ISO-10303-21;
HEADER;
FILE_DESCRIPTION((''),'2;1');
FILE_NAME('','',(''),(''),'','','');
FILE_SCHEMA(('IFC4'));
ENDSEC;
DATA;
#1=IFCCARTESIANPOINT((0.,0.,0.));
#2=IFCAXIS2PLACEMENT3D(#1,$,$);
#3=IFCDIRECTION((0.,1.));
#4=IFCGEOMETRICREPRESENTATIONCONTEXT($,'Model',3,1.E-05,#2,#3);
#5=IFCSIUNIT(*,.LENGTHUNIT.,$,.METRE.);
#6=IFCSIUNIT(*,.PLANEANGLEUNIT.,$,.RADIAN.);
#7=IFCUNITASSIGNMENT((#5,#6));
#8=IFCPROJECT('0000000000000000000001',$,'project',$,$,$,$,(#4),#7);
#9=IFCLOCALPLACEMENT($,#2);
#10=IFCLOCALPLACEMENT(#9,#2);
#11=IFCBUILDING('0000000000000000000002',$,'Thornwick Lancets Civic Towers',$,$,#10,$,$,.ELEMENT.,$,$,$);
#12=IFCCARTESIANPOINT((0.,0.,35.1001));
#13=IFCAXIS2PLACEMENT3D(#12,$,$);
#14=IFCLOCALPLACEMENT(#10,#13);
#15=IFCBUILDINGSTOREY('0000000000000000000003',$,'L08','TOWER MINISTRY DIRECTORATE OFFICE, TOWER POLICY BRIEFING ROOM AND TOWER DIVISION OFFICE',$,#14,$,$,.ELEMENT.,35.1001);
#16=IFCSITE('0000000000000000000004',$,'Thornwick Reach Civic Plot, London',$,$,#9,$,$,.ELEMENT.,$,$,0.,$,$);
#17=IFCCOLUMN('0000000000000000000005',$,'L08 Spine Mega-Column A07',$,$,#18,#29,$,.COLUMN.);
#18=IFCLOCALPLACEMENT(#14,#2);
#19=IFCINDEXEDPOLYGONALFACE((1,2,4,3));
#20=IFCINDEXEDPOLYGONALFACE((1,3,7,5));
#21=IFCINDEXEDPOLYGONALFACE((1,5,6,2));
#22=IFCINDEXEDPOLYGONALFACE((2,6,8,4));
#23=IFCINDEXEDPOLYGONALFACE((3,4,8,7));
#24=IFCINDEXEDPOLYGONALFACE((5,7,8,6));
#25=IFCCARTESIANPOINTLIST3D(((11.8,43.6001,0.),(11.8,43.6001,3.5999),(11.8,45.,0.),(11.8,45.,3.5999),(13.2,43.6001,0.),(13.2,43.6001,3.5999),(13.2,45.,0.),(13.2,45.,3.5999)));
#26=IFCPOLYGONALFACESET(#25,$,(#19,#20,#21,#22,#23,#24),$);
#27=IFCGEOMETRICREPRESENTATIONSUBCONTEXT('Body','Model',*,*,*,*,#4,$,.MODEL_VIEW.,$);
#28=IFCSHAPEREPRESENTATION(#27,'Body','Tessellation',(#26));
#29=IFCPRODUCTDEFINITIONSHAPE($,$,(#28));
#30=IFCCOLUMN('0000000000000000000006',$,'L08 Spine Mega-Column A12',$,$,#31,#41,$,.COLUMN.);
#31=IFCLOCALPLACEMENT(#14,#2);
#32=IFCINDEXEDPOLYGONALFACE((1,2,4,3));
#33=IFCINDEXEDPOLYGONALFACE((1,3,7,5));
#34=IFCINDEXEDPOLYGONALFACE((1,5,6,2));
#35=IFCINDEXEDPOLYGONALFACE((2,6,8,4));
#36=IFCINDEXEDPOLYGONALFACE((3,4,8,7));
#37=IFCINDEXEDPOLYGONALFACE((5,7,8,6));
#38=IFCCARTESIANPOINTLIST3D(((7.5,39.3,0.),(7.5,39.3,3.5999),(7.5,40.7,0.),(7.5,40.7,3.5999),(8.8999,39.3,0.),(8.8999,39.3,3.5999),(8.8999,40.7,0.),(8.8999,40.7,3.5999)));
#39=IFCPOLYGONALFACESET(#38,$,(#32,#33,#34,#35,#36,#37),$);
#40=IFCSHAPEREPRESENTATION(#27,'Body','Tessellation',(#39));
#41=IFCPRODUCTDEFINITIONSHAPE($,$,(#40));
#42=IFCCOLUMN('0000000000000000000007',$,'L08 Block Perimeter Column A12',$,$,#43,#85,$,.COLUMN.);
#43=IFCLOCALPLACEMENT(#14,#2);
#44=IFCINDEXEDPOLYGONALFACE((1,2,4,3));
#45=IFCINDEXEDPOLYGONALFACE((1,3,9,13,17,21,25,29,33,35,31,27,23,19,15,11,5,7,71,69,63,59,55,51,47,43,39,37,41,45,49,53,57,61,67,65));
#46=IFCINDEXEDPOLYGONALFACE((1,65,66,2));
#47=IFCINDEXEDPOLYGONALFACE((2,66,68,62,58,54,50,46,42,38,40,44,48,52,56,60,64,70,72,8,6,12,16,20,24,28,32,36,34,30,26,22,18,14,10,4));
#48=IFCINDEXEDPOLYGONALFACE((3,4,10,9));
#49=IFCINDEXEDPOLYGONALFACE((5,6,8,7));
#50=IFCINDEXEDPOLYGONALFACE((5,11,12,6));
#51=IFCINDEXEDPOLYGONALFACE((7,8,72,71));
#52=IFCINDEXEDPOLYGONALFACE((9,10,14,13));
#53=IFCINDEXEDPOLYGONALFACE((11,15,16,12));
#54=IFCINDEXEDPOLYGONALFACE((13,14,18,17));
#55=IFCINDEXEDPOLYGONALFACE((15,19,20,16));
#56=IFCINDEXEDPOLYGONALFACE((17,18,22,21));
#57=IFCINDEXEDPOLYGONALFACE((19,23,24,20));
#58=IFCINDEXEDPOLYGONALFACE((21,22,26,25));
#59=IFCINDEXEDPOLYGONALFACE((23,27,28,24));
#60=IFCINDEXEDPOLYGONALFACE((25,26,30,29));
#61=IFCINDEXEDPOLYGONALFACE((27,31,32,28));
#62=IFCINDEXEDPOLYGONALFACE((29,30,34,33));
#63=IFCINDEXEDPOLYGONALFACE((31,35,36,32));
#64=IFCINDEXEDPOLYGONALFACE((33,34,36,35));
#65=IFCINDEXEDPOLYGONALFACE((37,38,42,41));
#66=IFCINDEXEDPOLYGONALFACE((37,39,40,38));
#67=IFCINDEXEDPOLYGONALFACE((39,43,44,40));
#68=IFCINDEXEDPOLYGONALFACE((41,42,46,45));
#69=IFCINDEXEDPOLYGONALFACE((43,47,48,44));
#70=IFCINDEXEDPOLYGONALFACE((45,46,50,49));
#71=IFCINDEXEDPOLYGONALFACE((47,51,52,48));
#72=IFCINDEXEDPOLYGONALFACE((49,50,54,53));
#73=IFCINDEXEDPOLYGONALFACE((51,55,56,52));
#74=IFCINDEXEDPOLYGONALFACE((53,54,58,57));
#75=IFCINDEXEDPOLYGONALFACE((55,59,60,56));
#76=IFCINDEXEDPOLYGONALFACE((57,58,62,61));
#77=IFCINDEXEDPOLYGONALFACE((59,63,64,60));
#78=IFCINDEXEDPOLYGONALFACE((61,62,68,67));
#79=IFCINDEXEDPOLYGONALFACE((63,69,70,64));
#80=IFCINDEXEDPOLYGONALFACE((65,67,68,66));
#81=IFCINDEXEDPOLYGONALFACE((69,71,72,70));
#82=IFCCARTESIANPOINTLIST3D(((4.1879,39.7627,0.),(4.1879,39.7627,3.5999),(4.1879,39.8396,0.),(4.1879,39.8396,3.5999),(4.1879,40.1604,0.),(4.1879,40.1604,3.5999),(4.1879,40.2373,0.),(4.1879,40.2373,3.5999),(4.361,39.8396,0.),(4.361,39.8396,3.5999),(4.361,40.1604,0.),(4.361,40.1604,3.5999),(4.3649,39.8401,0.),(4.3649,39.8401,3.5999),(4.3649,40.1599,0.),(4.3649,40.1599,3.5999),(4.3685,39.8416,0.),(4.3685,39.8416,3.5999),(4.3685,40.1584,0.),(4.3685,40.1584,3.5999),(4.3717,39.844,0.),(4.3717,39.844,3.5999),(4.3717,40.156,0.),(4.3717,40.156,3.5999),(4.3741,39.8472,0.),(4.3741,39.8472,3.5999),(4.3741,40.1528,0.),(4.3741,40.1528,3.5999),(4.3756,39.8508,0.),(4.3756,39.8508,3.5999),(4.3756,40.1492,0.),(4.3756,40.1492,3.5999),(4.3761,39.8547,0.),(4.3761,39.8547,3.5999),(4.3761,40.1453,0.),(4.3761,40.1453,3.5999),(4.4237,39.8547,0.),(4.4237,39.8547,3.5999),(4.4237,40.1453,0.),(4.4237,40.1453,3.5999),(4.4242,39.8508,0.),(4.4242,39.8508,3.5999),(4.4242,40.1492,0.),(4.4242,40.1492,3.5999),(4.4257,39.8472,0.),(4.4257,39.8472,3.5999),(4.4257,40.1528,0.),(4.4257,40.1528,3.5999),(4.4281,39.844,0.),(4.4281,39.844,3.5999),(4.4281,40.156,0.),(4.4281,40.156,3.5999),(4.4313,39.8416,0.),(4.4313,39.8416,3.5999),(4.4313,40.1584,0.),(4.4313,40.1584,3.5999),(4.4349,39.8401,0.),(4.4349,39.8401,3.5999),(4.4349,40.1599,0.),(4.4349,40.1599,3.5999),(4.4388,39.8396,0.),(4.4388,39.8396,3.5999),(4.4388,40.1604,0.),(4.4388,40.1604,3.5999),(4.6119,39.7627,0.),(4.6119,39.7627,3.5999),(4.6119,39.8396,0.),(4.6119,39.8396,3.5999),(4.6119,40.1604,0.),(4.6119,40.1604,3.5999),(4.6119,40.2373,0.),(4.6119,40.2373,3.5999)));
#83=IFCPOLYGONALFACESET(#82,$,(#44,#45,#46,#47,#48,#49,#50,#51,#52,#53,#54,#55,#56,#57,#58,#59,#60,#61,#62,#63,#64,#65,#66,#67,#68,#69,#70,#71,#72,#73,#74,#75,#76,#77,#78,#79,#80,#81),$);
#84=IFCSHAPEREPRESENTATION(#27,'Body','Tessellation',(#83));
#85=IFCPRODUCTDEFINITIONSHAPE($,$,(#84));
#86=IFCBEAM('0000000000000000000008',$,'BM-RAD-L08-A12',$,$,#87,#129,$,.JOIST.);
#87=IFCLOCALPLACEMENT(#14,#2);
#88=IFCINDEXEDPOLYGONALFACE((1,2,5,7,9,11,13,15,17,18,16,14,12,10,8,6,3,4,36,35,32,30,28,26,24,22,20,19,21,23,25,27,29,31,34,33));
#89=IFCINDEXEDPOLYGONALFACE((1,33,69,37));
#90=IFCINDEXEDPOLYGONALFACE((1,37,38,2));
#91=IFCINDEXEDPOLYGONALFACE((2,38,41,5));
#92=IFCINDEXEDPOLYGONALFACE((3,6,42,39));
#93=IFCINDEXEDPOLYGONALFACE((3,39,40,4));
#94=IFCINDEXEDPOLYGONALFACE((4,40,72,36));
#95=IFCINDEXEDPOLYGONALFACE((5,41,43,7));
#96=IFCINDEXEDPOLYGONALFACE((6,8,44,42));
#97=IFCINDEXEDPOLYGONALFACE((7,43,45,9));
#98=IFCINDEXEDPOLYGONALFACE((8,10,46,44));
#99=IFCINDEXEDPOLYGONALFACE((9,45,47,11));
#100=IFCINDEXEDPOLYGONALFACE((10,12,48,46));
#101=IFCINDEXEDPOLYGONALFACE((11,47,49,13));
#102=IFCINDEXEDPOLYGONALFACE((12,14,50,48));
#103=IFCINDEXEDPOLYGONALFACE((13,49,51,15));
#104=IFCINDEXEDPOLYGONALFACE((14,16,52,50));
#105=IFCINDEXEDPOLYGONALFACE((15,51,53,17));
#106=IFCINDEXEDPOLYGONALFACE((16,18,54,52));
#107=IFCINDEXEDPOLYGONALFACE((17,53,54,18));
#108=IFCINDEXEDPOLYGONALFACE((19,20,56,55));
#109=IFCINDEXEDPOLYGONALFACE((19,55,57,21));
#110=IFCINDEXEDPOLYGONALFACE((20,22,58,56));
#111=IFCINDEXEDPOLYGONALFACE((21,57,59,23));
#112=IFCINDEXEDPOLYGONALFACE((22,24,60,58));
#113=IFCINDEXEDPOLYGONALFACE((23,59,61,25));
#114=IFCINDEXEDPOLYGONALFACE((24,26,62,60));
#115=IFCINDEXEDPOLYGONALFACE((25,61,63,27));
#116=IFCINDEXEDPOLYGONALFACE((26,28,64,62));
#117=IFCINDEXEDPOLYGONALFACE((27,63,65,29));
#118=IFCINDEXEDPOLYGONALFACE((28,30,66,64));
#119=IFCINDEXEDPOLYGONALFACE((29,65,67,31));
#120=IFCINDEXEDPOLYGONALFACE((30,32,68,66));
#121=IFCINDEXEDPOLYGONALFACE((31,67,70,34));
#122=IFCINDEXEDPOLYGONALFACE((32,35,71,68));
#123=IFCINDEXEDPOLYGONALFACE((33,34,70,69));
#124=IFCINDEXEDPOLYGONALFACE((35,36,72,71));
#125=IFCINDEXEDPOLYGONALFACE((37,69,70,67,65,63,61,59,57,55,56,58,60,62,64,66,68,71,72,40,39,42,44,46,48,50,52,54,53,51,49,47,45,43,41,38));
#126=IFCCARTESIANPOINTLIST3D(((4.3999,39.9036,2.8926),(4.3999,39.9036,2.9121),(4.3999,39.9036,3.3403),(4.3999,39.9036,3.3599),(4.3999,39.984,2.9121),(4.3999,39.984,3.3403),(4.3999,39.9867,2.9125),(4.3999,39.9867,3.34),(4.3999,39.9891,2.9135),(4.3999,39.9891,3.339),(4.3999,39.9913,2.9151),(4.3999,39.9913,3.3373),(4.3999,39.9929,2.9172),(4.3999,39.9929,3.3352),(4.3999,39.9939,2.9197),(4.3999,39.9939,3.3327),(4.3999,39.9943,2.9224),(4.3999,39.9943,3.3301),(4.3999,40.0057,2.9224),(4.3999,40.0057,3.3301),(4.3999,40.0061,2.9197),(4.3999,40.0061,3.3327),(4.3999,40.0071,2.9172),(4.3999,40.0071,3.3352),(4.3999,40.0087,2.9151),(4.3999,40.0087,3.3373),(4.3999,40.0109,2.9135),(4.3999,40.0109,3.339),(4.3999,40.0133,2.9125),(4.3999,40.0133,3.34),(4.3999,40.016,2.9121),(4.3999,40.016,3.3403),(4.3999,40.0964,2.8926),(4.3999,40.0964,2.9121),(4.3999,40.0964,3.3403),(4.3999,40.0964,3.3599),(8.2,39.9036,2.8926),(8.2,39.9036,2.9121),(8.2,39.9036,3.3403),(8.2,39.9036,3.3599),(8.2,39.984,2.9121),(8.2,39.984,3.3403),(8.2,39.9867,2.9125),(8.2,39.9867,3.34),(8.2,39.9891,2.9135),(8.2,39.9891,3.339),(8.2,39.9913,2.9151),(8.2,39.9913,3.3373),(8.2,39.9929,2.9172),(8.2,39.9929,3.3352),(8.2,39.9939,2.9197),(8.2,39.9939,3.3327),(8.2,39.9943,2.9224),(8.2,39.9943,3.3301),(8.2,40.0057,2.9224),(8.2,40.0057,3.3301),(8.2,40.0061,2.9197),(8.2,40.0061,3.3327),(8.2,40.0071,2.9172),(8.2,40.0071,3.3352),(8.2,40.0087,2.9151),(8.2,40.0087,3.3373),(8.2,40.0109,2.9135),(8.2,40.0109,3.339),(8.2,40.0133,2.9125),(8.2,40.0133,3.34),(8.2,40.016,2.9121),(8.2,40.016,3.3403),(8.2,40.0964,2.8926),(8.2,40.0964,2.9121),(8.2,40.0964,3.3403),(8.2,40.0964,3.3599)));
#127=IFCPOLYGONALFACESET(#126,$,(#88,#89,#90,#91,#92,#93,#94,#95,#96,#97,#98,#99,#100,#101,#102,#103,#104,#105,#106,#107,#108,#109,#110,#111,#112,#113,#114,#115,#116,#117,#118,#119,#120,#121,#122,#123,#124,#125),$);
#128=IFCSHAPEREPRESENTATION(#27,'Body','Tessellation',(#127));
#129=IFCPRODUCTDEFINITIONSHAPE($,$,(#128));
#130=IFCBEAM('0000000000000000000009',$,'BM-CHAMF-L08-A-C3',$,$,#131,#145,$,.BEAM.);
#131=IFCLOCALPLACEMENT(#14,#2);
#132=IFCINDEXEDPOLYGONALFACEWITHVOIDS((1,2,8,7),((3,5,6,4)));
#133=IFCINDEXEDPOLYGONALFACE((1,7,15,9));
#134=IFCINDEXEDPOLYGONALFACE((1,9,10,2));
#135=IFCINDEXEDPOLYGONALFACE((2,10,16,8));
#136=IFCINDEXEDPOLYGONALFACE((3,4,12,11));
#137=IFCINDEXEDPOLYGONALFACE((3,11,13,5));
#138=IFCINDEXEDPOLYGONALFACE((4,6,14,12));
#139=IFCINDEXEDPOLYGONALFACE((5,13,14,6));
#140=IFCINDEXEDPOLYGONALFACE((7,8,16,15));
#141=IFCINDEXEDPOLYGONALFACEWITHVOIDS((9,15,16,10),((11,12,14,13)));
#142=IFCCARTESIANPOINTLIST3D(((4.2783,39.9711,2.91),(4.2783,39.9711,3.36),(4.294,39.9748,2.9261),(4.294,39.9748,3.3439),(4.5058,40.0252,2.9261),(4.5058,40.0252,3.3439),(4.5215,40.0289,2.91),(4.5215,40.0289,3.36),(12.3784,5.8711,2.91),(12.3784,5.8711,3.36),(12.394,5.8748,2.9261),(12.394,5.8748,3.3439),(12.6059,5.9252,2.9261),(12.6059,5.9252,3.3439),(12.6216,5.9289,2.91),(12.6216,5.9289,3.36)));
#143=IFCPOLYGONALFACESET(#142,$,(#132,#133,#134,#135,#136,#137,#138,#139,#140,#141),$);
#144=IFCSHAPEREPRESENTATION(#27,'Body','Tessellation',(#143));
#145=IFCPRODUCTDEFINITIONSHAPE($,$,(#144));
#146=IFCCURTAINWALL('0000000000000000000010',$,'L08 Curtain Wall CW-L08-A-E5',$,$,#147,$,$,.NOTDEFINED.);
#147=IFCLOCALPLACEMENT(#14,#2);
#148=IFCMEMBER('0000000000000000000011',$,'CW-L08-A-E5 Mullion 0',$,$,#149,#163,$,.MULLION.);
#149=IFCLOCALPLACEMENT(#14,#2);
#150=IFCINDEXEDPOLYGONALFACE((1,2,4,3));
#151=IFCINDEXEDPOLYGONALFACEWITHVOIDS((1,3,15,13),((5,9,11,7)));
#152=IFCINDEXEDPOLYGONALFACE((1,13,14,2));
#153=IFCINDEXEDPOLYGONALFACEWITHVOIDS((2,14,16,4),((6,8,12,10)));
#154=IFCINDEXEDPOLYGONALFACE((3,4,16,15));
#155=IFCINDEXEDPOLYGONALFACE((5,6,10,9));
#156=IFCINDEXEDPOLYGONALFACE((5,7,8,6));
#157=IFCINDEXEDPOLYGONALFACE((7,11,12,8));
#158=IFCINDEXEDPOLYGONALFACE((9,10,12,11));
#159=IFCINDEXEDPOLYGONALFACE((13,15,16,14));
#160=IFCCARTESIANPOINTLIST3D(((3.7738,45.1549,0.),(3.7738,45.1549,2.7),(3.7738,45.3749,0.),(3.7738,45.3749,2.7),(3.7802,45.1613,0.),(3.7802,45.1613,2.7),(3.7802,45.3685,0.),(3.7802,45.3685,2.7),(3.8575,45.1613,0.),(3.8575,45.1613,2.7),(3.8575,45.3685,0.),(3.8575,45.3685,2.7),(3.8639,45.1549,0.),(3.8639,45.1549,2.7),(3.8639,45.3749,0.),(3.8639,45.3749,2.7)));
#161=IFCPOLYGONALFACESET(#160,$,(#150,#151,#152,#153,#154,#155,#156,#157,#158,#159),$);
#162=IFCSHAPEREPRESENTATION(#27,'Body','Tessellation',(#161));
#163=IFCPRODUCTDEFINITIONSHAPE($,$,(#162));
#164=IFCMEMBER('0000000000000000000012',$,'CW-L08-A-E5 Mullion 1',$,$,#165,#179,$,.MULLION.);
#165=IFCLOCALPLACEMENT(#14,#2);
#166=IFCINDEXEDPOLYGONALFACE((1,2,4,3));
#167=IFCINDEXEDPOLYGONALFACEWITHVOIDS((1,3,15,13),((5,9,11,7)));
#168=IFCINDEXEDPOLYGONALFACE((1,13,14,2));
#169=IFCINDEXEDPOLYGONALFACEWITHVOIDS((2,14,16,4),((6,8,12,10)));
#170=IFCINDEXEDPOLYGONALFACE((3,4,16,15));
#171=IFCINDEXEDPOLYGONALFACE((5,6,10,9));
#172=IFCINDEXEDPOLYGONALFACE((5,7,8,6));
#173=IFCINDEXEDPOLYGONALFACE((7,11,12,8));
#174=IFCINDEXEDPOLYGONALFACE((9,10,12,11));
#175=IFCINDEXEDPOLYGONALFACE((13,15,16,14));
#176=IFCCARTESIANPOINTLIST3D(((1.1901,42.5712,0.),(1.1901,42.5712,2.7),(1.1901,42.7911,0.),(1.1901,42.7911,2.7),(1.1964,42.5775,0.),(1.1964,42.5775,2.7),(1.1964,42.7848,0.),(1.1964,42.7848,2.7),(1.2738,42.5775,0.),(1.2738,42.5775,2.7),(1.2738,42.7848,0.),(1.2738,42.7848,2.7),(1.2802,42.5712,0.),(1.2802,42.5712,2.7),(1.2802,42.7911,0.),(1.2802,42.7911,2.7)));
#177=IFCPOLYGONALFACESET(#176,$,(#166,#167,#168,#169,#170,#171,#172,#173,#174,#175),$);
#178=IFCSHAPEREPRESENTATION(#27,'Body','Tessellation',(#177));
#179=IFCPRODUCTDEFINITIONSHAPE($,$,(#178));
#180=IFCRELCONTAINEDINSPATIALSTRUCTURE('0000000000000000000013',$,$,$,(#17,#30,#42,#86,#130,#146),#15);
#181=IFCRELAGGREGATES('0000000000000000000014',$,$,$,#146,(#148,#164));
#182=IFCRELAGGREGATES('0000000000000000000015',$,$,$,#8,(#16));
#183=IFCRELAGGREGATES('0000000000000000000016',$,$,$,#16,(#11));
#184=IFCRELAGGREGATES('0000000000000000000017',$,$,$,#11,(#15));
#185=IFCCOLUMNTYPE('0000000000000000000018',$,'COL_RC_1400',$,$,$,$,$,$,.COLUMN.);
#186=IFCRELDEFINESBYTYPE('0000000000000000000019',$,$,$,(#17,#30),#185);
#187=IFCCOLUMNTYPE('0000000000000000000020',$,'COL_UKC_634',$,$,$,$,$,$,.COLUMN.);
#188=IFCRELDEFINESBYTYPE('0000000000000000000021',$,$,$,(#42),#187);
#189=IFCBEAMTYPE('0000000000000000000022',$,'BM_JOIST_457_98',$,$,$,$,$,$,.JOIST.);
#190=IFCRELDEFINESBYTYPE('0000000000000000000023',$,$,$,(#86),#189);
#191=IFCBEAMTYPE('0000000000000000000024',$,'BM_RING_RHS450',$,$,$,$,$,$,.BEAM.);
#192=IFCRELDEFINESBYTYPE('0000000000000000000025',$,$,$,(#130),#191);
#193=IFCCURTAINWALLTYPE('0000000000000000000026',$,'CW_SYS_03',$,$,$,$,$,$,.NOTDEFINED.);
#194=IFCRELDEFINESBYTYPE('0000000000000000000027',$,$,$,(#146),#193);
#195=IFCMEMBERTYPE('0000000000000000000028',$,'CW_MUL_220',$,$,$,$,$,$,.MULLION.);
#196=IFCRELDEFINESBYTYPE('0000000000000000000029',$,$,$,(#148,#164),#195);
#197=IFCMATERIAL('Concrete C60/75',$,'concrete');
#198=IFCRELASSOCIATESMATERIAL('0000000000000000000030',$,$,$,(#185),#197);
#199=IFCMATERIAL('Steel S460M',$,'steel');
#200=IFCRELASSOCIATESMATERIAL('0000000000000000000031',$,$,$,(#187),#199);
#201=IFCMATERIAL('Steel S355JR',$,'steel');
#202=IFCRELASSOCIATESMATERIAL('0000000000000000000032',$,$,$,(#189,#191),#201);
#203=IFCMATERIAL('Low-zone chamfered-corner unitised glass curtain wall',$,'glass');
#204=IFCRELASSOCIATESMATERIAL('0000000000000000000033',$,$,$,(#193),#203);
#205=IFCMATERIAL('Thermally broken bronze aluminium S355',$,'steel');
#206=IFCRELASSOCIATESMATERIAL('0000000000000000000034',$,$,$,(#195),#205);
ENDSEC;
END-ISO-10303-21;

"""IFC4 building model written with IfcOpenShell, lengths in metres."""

from ifc_helpers import new_model, si_unit, direction, frame, origin, origin_2d, place, context, subcontext, project, spatial, rectangle, hollow_rectangle, i_section, extrude, material, material_profile, profile_set, type_object, element, aggregate, save


model = new_model("IFC4")

# Units and contexts
model_context = context("Model", 3, precision=1e-05, world=origin(), true_north=direction((0.0, 1.0)))
body_context = subcontext(model_context, "Body", "Model", "MODEL_VIEW")
ifc_project = project(units=[si_unit("LENGTHUNIT", "METRE"), si_unit("PLANEANGLEUNIT", "RADIAN")], contexts=[model_context])

# Site, building, storey
site_placement = place(None, origin())
site = spatial("IfcSite", under=ifc_project, at=site_placement, Name="Thornwick Reach Civic Plot, London", CompositionType="ELEMENT", RefElevation=0.0)
building_placement = place(site_placement, origin())
building = spatial("IfcBuilding", under=site, at=building_placement, Name="Thornwick Lancets Civic Towers", CompositionType="ELEMENT")
storey_placement = place(building_placement, frame((0.0, 0.0, 35.1001)))
storey = spatial("IfcBuildingStorey", under=building, at=storey_placement, Name="L08", Description="TOWER MINISTRY DIRECTORATE OFFICE, TOWER POLICY BRIEFING ROOM AND TOWER DIVISION OFFICE", CompositionType="ELEMENT", Elevation=35.1001)

# Columns
ifc_material_1 = material(Name="Concrete C60/75", Category="concrete")
ifc_material_profile_1 = material_profile(ifc_material_1, rectangle(XDim=1.3999, YDim=1.3999, at=origin_2d()), Name="RC 1400x1400")
ifc_profile_set_1 = profile_set([ifc_material_profile_1], Name="Concrete C60/75")
column_type_1 = type_object("IfcColumnType", Name="COL_RC_1400", PredefinedType="COLUMN", material=ifc_profile_set_1)
for number, where, z_axis, x_axis, name in (
    (1, (12.5, 44.3, 0.0), (0.0, 0.0, 1.0), (1.0, 0.0, 0.0), "L08 Spine Mega-Column A07"),
    (2, (8.2, 40.0, 0.0), (0.0, 0.0, 1.0), (1.0, 0.0, 0.0), "L08 Spine Mega-Column A12"),
):
    element("IfcColumn", number, at=place(storey_placement, frame(where, z_axis=z_axis, x_axis=x_axis)), inside=storey, type_object=column_type_1, Name=name, PredefinedType="COLUMN", context=body_context, shape_type="SweptSolid", body=[
        extrude(rectangle(XDim=1.3999, YDim=1.3999, at=origin_2d()), origin(), (0.0, 0.0, 1.0), 3.5999),
    ])
ifc_material_2 = material(Name="Steel S460M", Category="steel")
ifc_material_profile_2 = material_profile(ifc_material_2, i_section(OverallWidth=0.4241, OverallDepth=0.4746, WebThickness=0.0476, FlangeThickness=0.0769, FilletRadius=0.0151, at=origin_2d()), Name="UKC 356x406x634")
ifc_profile_set_2 = profile_set([ifc_material_profile_2], Name="Steel S460M")
column_type_2 = type_object("IfcColumnType", Name="COL_UKC_634", PredefinedType="COLUMN", material=ifc_profile_set_2)
column_placement = place(storey_placement, frame((4.3999, 40.0, 0.0), z_axis=(0.0, 0.0, 1.0), x_axis=(1.0, 0.0, 0.0)))
element("IfcColumn", 3, at=column_placement, inside=storey, type_object=column_type_2, Name="L08 Block Perimeter Column A12", PredefinedType="COLUMN", context=body_context, shape_type="SweptSolid", body=[
    extrude(i_section(OverallWidth=0.4241, OverallDepth=0.4746, WebThickness=0.0476, FlangeThickness=0.0769, FilletRadius=0.0151, at=origin_2d()), origin(), (0.0, 0.0, 1.0), 3.5999),
])

# Beams
ifc_material_3 = material(Name="Steel S355JR", Category="steel")
ifc_material_profile_3 = material_profile(ifc_material_3, i_section(OverallWidth=0.1929, OverallDepth=0.4673, WebThickness=0.0115, FlangeThickness=0.0195, FilletRadius=0.0103, at=origin_2d()), Name="UKB 457x191x98")
ifc_profile_set_3 = profile_set([ifc_material_profile_3], Name="Steel S355JR")
beam_type_1 = type_object("IfcBeamType", Name="BM_JOIST_457_98", PredefinedType="JOIST", material=ifc_profile_set_3)
beam_1_placement = place(storey_placement, frame((8.2, 40.0, 3.1262), z_axis=(-1.0, 0.0, 0.0), x_axis=(0.0, -1.0, 0.0)))
element("IfcBeam", 4, at=beam_1_placement, inside=storey, type_object=beam_type_1, Name="BM-RAD-L08-A12", PredefinedType="JOIST", context=body_context, shape_type="SweptSolid", body=[
    extrude(i_section(OverallWidth=0.1929, OverallDepth=0.4673, WebThickness=0.0115, FlangeThickness=0.0195, FilletRadius=0.0103, at=origin_2d()), origin(), (0.0, 0.0, 1.0), 3.8),
])
ifc_material_profile_4 = material_profile(ifc_material_3, hollow_rectangle(XDim=0.25, YDim=0.45, WallThickness=0.0161, at=origin_2d()), Name="RHS 450x250x16")
ifc_profile_set_4 = profile_set([ifc_material_profile_4], Name="Steel S355JR")
beam_type_2 = type_object("IfcBeamType", Name="BM_RING_RHS450", PredefinedType="BEAM", material=ifc_profile_set_4)
beam_2_placement = place(storey_placement, frame((4.3999, 40.0, 3.135), z_axis=(0.231108, -0.972928, 0.0), x_axis=(0.972928, 0.231108, 0.0)))
element("IfcBeam", 5, at=beam_2_placement, inside=storey, type_object=beam_type_2, Name="BM-CHAMF-L08-A-C3", PredefinedType="BEAM", context=body_context, shape_type="SweptSolid", body=[
    extrude(hollow_rectangle(XDim=0.25, YDim=0.45, WallThickness=0.0161, at=origin_2d()), origin(), (0.0, 0.0, 1.0), 35.0488),
])

# Curtain wall, members
ifc_material_4 = material(Name="Low-zone chamfered-corner unitised glass curtain wall", Category="glass")
curtain_wall_type = type_object("IfcCurtainWallType", Name="CW_SYS_03", PredefinedType="NOTDEFINED", material=ifc_material_4)
curtain_wall_placement = place(storey_placement, origin())
curtain_wall = element("IfcCurtainWall", 6, at=curtain_wall_placement, inside=storey, type_object=curtain_wall_type, Name="L08 Curtain Wall CW-L08-A-E5", PredefinedType="NOTDEFINED")
ifc_material_5 = material(Name="Thermally broken bronze aluminium S355", Category="steel")
ifc_material_profile_5 = material_profile(ifc_material_5, hollow_rectangle(XDim=0.0901, YDim=0.22, WallThickness=0.0063, at=origin_2d()), Name="RHS 220x90x6.3")
ifc_profile_set_5 = profile_set([ifc_material_profile_5], Name="Thermally broken bronze aluminium S355")
member_type_1 = type_object("IfcMemberType", Name="CW_MUL_220", PredefinedType="MULLION", material=ifc_profile_set_5)
member_1_placement = place(storey_placement, frame((3.8188, 45.2649, 0.0), z_axis=(0.0, 0.0, 1.0), x_axis=(1.0, 0.0, 0.0)))
member_1 = element("IfcMember", 7, at=member_1_placement, type_object=member_type_1, Name="CW-L08-A-E5 Mullion 0", PredefinedType="MULLION", context=body_context, shape_type="SweptSolid", body=[
    extrude(hollow_rectangle(XDim=0.0901, YDim=0.22, WallThickness=0.0063, at=origin_2d()), origin(), (0.0, 0.0, 1.0), 2.7),
])
member_2_placement = place(storey_placement, frame((1.2351, 42.6812, 0.0), z_axis=(0.0, 0.0, 1.0), x_axis=(1.0, 0.0, 0.0)))
member_2 = element("IfcMember", 8, at=member_2_placement, type_object=member_type_1, Name="CW-L08-A-E5 Mullion 1", PredefinedType="MULLION", context=body_context, shape_type="SweptSolid", body=[
    extrude(hollow_rectangle(XDim=0.0901, YDim=0.22, WallThickness=0.0063, at=origin_2d()), origin(), (0.0, 0.0, 1.0), 2.7),
])
aggregate(curtain_wall, [member_1, member_2])

save(model, "model.ifc")
